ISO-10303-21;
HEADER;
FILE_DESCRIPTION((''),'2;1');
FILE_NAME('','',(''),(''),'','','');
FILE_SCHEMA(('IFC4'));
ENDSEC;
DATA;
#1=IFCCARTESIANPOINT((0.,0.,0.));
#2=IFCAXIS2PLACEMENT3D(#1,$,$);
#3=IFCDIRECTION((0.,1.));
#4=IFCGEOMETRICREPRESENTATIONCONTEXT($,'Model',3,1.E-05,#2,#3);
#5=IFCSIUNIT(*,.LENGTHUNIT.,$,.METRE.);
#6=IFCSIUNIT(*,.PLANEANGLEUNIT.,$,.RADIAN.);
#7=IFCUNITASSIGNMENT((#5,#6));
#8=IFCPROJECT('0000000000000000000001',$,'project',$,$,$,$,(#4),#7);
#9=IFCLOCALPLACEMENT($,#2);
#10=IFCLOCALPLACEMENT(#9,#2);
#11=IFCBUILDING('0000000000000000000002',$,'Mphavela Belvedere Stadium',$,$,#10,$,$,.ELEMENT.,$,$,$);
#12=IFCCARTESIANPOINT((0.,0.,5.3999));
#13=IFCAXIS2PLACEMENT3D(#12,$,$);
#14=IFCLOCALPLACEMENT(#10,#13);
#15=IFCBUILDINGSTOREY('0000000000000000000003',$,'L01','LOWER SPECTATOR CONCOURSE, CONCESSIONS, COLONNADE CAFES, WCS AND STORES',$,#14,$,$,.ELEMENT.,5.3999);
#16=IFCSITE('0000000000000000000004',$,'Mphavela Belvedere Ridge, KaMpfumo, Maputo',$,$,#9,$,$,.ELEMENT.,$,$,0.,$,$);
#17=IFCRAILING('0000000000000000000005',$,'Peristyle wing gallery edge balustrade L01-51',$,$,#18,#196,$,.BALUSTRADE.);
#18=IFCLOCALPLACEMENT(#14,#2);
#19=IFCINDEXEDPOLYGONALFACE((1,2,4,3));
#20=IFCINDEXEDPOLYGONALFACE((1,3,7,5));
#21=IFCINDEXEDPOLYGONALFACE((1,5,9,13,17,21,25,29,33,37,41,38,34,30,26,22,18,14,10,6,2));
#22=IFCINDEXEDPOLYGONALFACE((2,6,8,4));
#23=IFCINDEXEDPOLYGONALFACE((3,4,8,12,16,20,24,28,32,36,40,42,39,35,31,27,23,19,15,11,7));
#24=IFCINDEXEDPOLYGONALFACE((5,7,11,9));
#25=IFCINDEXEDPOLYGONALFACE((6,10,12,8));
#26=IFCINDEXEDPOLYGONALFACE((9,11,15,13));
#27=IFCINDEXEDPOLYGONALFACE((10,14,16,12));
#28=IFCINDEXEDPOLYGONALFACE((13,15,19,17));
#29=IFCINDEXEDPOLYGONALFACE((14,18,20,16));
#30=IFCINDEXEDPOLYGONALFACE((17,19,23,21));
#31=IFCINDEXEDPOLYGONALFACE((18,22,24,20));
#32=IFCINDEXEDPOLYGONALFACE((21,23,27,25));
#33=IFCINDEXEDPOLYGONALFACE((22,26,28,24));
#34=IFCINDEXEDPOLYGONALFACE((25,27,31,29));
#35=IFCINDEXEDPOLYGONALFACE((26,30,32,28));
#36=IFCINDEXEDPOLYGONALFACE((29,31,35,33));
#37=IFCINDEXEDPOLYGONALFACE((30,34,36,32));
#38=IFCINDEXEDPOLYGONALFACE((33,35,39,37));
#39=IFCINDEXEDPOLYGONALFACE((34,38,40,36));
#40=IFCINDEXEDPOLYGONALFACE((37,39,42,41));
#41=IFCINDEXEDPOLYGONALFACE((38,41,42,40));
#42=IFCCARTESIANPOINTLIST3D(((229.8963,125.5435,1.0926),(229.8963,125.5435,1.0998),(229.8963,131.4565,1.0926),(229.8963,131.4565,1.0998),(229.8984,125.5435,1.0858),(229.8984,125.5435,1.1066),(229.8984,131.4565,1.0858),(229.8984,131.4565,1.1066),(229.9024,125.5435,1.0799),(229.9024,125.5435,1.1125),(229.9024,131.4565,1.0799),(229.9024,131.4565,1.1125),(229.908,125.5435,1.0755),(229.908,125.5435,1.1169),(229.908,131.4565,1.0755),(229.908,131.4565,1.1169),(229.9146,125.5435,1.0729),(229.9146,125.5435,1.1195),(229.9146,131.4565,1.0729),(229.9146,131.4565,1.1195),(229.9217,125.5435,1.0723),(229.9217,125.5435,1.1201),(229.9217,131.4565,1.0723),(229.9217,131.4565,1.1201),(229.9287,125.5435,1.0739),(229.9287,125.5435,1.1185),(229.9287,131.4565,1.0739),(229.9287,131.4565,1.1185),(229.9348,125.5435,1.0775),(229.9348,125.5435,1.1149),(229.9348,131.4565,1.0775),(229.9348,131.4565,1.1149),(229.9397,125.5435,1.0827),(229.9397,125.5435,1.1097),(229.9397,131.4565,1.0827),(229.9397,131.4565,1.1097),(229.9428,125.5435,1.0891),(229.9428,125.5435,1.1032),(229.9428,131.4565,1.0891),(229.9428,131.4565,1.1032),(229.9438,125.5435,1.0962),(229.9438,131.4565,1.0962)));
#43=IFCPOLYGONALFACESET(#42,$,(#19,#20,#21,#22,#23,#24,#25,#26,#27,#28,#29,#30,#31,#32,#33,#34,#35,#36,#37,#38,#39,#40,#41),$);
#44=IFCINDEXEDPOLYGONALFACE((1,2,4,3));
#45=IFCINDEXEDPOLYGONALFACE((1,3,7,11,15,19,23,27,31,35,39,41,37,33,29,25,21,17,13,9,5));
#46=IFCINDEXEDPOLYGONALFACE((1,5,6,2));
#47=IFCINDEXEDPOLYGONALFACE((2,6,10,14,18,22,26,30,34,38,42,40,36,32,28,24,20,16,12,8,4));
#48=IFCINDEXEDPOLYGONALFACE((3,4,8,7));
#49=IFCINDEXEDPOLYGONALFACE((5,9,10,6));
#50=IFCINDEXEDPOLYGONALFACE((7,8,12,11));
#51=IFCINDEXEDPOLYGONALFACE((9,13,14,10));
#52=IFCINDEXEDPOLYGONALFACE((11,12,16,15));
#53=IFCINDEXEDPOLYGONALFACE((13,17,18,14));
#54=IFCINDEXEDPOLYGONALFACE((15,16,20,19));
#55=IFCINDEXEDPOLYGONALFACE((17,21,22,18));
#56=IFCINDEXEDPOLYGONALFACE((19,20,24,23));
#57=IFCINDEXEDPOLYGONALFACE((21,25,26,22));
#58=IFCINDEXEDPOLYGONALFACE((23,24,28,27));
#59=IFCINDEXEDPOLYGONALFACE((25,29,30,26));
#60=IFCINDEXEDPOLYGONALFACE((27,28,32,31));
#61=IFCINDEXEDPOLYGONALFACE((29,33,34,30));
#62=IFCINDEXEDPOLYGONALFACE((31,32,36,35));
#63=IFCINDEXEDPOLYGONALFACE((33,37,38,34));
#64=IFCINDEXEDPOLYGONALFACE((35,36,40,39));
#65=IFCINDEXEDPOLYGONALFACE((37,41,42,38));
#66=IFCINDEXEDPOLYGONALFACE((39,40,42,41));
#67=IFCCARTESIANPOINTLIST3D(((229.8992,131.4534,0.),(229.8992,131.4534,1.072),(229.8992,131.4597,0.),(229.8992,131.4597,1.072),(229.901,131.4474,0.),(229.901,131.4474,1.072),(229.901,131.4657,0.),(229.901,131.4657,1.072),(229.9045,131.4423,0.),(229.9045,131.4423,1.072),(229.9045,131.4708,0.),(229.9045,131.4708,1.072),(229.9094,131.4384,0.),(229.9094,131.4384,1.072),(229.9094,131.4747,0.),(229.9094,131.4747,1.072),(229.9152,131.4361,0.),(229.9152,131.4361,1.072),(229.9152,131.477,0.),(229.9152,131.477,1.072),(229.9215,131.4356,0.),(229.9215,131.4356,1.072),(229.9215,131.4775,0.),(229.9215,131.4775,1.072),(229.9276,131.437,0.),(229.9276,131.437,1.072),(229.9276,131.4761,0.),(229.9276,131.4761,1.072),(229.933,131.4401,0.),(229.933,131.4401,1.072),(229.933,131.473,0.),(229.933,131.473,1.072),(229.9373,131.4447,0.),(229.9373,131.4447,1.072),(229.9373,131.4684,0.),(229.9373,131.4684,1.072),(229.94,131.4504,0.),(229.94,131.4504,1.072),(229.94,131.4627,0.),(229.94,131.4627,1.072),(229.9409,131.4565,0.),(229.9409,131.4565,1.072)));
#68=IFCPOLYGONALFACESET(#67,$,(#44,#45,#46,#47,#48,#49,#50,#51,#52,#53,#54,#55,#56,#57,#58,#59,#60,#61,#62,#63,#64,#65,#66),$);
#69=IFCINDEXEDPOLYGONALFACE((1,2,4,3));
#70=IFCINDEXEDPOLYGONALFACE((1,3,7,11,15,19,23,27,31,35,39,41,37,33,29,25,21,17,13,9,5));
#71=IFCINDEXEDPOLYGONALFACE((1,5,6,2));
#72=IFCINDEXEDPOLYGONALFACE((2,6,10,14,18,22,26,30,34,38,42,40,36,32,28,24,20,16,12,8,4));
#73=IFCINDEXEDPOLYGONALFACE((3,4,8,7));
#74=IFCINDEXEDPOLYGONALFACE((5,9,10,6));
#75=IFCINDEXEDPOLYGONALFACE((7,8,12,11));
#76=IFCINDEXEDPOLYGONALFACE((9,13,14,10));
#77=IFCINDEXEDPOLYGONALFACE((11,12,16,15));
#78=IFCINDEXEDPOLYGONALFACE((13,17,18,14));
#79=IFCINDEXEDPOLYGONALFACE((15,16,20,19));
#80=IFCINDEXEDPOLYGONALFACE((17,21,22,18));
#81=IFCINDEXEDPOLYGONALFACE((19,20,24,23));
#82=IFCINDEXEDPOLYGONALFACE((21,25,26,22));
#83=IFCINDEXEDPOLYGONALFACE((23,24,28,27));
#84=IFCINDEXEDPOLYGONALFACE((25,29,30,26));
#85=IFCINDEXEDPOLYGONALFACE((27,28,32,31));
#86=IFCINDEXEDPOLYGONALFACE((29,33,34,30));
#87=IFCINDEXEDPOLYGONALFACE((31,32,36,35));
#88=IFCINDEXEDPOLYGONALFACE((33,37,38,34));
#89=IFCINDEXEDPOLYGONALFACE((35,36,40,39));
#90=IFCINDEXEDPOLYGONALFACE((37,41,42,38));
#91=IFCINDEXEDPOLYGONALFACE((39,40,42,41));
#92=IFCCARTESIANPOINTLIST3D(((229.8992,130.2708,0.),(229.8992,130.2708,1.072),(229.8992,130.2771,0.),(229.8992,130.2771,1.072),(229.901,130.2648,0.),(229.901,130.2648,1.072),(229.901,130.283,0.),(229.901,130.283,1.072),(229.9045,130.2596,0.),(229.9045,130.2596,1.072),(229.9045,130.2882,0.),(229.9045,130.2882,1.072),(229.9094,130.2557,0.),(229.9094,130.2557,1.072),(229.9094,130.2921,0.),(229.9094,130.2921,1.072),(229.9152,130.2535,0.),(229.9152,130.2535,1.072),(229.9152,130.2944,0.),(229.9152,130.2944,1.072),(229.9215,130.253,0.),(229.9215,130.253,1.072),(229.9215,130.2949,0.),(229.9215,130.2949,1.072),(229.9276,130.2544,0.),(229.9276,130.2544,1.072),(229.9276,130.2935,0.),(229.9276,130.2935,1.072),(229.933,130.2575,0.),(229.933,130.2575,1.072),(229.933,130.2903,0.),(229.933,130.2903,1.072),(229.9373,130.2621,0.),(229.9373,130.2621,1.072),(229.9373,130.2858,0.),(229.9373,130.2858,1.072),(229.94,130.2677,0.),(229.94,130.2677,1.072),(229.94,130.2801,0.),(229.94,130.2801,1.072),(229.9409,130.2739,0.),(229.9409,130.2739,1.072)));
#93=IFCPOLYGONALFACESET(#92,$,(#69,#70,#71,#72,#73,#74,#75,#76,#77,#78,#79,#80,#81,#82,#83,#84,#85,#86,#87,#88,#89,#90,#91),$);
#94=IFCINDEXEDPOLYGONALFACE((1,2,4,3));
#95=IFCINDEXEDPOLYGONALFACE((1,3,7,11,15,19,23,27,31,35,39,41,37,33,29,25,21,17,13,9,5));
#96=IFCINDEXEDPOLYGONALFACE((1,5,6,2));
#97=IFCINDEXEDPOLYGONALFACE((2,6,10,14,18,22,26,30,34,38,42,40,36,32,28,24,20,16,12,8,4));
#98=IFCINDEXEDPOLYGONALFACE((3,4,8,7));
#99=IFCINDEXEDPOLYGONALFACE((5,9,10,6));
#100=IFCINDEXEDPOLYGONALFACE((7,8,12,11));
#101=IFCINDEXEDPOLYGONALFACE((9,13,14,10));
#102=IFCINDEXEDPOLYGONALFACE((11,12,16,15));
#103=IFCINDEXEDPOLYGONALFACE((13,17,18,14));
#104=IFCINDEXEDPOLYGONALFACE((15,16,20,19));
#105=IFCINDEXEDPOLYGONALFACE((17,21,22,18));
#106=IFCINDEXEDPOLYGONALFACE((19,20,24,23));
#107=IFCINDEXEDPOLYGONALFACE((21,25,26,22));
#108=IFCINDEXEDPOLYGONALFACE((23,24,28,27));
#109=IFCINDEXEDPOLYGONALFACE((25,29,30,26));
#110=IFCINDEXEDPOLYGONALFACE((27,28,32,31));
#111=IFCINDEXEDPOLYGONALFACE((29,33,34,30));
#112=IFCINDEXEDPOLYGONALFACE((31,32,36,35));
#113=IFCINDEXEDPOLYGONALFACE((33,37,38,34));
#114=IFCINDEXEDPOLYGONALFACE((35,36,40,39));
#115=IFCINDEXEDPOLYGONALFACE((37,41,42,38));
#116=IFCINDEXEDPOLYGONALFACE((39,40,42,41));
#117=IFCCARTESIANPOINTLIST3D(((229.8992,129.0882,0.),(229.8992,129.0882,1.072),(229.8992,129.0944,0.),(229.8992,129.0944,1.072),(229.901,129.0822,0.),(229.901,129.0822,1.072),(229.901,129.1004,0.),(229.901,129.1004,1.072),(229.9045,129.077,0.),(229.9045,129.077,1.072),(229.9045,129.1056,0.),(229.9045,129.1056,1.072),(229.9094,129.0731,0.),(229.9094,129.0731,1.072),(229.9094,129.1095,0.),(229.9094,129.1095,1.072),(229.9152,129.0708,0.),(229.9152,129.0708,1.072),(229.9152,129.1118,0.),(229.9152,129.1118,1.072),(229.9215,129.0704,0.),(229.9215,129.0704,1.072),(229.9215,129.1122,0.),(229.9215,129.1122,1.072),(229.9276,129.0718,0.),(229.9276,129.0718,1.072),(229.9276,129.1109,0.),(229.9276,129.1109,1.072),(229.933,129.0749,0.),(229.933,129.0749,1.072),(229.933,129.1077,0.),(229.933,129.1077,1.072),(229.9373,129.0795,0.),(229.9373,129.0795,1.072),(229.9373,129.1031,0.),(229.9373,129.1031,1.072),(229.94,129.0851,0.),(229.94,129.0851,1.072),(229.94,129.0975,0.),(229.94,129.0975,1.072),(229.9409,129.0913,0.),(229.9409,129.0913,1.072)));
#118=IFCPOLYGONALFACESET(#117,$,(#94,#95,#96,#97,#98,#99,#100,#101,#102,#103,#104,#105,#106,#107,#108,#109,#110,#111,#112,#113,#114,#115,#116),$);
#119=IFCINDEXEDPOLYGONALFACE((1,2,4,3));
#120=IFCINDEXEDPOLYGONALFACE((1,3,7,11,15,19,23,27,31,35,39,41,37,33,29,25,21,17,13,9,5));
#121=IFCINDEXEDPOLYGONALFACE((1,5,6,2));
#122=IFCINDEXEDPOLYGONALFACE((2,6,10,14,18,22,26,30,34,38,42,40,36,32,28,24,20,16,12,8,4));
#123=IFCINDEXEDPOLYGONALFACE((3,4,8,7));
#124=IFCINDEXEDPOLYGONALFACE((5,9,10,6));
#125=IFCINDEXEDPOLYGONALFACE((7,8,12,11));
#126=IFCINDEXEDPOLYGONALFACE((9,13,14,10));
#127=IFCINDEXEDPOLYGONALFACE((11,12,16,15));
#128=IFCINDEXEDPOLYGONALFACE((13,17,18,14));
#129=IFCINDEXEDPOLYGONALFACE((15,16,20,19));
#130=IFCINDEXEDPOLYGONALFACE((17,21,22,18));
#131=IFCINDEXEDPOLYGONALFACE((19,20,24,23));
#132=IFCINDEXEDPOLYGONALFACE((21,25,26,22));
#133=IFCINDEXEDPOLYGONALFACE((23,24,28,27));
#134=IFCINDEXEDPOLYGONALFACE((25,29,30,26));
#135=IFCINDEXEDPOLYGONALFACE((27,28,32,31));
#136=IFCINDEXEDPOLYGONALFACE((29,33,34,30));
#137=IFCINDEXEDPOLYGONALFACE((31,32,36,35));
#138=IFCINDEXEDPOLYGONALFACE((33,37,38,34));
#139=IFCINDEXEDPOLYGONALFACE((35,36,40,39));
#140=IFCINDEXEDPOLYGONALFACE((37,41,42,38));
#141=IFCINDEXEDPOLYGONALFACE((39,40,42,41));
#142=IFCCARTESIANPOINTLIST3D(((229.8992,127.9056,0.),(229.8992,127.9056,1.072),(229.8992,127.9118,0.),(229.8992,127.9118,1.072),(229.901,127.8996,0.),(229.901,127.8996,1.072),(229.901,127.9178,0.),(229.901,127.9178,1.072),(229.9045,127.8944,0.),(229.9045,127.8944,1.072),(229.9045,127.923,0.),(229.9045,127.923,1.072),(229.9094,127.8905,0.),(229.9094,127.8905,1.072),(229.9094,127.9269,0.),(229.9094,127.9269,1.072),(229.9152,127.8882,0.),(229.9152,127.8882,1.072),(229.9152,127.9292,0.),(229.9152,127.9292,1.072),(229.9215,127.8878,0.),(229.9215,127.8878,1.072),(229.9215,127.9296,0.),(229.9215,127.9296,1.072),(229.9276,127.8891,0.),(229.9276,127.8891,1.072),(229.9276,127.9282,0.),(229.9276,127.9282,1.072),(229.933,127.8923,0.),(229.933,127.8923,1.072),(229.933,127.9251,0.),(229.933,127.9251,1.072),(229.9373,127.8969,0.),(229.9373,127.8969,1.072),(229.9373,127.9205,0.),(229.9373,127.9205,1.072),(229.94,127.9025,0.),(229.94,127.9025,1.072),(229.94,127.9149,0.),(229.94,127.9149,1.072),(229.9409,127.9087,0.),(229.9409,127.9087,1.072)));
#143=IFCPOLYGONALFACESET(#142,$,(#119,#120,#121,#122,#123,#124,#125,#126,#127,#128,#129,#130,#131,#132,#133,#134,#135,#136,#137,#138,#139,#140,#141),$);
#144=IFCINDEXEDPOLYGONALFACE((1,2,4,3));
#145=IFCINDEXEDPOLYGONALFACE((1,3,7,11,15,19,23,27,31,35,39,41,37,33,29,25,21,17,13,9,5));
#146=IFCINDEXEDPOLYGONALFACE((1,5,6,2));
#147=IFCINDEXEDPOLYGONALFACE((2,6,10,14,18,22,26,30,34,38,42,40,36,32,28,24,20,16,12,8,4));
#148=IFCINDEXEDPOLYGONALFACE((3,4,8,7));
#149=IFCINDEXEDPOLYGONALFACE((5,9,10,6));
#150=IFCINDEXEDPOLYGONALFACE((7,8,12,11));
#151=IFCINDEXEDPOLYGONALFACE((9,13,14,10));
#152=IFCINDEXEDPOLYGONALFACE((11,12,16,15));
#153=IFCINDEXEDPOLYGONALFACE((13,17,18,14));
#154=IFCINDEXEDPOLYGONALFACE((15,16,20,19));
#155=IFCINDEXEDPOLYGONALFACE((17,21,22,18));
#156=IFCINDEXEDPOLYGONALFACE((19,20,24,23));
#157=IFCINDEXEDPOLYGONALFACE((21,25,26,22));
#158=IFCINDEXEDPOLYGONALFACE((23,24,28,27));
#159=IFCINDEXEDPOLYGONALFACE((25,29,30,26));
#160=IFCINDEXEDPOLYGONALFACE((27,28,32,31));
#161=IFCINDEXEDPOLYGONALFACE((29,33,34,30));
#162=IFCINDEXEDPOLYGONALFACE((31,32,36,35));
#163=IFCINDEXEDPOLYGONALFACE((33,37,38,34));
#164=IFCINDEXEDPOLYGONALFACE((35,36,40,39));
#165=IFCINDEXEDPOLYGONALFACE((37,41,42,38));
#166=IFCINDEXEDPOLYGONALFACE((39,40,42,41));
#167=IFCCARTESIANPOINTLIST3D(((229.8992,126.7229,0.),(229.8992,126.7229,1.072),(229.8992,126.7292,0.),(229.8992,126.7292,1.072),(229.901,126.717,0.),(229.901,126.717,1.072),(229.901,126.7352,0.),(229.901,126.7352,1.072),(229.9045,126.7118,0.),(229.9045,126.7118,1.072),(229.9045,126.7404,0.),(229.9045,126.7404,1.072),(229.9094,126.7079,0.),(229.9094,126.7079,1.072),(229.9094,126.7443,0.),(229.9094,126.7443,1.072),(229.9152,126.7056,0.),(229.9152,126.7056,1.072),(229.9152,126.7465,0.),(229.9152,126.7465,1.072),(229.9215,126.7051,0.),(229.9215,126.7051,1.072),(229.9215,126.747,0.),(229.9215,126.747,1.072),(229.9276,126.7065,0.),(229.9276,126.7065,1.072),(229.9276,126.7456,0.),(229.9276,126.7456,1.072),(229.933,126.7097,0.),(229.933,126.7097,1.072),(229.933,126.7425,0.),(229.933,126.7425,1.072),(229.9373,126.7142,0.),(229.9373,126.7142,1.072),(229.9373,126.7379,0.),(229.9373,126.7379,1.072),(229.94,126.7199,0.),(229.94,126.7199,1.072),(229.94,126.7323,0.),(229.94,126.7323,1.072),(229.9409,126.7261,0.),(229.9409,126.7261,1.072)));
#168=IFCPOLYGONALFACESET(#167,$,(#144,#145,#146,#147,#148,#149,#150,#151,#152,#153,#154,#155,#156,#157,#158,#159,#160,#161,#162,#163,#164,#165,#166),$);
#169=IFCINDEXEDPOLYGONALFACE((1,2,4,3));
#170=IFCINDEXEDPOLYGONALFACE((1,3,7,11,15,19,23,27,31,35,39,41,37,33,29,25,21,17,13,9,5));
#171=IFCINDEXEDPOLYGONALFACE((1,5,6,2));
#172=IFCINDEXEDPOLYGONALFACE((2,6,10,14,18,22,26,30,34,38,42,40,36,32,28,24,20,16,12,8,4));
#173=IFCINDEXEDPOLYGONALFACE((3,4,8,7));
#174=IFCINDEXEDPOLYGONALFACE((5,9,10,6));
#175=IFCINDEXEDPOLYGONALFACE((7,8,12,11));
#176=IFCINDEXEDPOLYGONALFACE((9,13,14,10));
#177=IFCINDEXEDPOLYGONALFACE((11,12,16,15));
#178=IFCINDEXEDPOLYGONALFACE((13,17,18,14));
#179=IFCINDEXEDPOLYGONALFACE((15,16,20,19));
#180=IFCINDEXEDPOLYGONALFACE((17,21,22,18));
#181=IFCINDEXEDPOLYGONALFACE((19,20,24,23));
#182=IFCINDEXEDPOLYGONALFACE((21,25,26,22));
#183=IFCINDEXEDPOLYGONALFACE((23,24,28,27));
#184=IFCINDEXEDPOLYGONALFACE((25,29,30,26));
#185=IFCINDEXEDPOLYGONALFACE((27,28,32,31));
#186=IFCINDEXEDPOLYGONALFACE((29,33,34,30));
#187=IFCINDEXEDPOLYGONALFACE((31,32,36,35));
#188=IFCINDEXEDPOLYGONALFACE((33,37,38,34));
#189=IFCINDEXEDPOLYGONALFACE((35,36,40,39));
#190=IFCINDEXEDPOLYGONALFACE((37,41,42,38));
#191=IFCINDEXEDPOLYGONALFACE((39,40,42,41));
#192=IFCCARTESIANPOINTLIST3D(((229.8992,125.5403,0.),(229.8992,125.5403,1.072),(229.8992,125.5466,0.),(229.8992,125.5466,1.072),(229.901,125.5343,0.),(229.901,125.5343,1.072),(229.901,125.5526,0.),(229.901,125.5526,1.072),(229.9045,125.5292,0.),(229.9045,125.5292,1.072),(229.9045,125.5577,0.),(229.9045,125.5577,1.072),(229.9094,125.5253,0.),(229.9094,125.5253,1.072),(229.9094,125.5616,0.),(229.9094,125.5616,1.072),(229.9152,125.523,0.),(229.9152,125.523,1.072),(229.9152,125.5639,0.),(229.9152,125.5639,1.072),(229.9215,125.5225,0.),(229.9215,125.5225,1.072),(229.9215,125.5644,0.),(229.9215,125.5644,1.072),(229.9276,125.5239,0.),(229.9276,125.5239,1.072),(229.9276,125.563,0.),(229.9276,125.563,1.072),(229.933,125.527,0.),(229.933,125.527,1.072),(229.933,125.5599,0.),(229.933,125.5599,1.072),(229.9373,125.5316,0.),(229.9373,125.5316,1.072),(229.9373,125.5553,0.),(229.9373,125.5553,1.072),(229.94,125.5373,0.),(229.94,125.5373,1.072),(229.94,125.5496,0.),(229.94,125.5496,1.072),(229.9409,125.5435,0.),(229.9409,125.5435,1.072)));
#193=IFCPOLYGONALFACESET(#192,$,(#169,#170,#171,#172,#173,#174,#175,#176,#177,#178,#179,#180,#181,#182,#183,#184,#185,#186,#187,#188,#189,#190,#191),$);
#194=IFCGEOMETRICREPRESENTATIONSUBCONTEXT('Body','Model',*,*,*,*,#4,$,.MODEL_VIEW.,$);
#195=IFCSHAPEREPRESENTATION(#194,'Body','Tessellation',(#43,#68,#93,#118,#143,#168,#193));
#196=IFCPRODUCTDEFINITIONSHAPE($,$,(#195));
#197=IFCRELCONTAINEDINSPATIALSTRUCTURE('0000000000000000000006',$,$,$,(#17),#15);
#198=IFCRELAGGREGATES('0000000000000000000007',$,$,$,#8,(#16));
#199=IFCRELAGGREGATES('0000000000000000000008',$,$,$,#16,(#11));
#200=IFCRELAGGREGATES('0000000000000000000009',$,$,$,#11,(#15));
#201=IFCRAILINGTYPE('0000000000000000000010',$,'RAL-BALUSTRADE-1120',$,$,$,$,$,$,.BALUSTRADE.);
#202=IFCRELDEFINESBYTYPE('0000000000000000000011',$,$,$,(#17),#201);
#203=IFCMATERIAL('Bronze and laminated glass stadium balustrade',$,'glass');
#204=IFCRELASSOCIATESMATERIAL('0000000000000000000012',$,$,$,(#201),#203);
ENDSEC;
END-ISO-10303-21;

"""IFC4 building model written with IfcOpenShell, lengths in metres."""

from ifc_helpers import new_model, si_unit, direction, frame, origin, origin_2d, place, context, subcontext, project, spatial, circle, extrude, material, type_object, element, save


model = new_model("IFC4")

# Units and contexts
model_context = context("Model", 3, precision=1e-05, world=origin(), true_north=direction((0.0, 1.0)))
body_context = subcontext(model_context, "Body", "Model", "MODEL_VIEW")
ifc_project = project(units=[si_unit("LENGTHUNIT", "METRE"), si_unit("PLANEANGLEUNIT", "RADIAN")], contexts=[model_context])

# Site, building, storey
site_placement = place(None, origin())
site = spatial("IfcSite", under=ifc_project, at=site_placement, Name="Mphavela Belvedere Ridge, KaMpfumo, Maputo", CompositionType="ELEMENT", RefElevation=0.0)
building_placement = place(site_placement, origin())
building = spatial("IfcBuilding", under=site, at=building_placement, Name="Mphavela Belvedere Stadium", CompositionType="ELEMENT")
storey_placement = place(building_placement, frame((0.0, 0.0, 5.3999)))
storey = spatial("IfcBuildingStorey", under=building, at=storey_placement, Name="L01", Description="LOWER SPECTATOR CONCOURSE, CONCESSIONS, COLONNADE CAFES, WCS AND STORES", CompositionType="ELEMENT", Elevation=5.3999)

# Railing
ifc_material_1 = material(Name="Bronze and laminated glass stadium balustrade", Category="glass")
railing_type = type_object("IfcRailingType", Name="RAL-BALUSTRADE-1120", PredefinedType="BALUSTRADE", material=ifc_material_1)
for number, where, name in (
    (1, (229.9199, 131.4565, 0.0), "Peristyle wing gallery edge balustrade L01-51"),
):
    element("IfcRailing", number, at=place(storey_placement, frame(where)), inside=storey, type_object=railing_type, Name=name, PredefinedType="BALUSTRADE", context=body_context, shape_type="SweptSolid", body=[
        extrude(circle(Radius=0.0239, at=origin_2d()), frame((0.0, 0.0, 1.0962), z_axis=(0.0, -1.0, 0.0), x_axis=(1.0, 0.0, 0.0)), (0.0, 0.0, 1.0), 5.9131),
        extrude(circle(Radius=0.021, at=origin_2d()), origin(), (0.0, 0.0, 1.0), 1.072),
        extrude(circle(Radius=0.021, at=origin_2d()), frame((0.0, -1.1826, 0.0)), (0.0, 0.0, 1.0), 1.072),
        extrude(circle(Radius=0.021, at=origin_2d()), frame((0.0, -2.3652, 0.0)), (0.0, 0.0, 1.0), 1.072),
        extrude(circle(Radius=0.021, at=origin_2d()), frame((0.0, -3.5479, 0.0)), (0.0, 0.0, 1.0), 1.072),
        extrude(circle(Radius=0.021, at=origin_2d()), frame((0.0, -4.7305, 0.0)), (0.0, 0.0, 1.0), 1.072),
        extrude(circle(Radius=0.021, at=origin_2d()), frame((0.0, -5.9131, 0.0)), (0.0, 0.0, 1.0), 1.072),
    ])

save(model, "model.ifc")
